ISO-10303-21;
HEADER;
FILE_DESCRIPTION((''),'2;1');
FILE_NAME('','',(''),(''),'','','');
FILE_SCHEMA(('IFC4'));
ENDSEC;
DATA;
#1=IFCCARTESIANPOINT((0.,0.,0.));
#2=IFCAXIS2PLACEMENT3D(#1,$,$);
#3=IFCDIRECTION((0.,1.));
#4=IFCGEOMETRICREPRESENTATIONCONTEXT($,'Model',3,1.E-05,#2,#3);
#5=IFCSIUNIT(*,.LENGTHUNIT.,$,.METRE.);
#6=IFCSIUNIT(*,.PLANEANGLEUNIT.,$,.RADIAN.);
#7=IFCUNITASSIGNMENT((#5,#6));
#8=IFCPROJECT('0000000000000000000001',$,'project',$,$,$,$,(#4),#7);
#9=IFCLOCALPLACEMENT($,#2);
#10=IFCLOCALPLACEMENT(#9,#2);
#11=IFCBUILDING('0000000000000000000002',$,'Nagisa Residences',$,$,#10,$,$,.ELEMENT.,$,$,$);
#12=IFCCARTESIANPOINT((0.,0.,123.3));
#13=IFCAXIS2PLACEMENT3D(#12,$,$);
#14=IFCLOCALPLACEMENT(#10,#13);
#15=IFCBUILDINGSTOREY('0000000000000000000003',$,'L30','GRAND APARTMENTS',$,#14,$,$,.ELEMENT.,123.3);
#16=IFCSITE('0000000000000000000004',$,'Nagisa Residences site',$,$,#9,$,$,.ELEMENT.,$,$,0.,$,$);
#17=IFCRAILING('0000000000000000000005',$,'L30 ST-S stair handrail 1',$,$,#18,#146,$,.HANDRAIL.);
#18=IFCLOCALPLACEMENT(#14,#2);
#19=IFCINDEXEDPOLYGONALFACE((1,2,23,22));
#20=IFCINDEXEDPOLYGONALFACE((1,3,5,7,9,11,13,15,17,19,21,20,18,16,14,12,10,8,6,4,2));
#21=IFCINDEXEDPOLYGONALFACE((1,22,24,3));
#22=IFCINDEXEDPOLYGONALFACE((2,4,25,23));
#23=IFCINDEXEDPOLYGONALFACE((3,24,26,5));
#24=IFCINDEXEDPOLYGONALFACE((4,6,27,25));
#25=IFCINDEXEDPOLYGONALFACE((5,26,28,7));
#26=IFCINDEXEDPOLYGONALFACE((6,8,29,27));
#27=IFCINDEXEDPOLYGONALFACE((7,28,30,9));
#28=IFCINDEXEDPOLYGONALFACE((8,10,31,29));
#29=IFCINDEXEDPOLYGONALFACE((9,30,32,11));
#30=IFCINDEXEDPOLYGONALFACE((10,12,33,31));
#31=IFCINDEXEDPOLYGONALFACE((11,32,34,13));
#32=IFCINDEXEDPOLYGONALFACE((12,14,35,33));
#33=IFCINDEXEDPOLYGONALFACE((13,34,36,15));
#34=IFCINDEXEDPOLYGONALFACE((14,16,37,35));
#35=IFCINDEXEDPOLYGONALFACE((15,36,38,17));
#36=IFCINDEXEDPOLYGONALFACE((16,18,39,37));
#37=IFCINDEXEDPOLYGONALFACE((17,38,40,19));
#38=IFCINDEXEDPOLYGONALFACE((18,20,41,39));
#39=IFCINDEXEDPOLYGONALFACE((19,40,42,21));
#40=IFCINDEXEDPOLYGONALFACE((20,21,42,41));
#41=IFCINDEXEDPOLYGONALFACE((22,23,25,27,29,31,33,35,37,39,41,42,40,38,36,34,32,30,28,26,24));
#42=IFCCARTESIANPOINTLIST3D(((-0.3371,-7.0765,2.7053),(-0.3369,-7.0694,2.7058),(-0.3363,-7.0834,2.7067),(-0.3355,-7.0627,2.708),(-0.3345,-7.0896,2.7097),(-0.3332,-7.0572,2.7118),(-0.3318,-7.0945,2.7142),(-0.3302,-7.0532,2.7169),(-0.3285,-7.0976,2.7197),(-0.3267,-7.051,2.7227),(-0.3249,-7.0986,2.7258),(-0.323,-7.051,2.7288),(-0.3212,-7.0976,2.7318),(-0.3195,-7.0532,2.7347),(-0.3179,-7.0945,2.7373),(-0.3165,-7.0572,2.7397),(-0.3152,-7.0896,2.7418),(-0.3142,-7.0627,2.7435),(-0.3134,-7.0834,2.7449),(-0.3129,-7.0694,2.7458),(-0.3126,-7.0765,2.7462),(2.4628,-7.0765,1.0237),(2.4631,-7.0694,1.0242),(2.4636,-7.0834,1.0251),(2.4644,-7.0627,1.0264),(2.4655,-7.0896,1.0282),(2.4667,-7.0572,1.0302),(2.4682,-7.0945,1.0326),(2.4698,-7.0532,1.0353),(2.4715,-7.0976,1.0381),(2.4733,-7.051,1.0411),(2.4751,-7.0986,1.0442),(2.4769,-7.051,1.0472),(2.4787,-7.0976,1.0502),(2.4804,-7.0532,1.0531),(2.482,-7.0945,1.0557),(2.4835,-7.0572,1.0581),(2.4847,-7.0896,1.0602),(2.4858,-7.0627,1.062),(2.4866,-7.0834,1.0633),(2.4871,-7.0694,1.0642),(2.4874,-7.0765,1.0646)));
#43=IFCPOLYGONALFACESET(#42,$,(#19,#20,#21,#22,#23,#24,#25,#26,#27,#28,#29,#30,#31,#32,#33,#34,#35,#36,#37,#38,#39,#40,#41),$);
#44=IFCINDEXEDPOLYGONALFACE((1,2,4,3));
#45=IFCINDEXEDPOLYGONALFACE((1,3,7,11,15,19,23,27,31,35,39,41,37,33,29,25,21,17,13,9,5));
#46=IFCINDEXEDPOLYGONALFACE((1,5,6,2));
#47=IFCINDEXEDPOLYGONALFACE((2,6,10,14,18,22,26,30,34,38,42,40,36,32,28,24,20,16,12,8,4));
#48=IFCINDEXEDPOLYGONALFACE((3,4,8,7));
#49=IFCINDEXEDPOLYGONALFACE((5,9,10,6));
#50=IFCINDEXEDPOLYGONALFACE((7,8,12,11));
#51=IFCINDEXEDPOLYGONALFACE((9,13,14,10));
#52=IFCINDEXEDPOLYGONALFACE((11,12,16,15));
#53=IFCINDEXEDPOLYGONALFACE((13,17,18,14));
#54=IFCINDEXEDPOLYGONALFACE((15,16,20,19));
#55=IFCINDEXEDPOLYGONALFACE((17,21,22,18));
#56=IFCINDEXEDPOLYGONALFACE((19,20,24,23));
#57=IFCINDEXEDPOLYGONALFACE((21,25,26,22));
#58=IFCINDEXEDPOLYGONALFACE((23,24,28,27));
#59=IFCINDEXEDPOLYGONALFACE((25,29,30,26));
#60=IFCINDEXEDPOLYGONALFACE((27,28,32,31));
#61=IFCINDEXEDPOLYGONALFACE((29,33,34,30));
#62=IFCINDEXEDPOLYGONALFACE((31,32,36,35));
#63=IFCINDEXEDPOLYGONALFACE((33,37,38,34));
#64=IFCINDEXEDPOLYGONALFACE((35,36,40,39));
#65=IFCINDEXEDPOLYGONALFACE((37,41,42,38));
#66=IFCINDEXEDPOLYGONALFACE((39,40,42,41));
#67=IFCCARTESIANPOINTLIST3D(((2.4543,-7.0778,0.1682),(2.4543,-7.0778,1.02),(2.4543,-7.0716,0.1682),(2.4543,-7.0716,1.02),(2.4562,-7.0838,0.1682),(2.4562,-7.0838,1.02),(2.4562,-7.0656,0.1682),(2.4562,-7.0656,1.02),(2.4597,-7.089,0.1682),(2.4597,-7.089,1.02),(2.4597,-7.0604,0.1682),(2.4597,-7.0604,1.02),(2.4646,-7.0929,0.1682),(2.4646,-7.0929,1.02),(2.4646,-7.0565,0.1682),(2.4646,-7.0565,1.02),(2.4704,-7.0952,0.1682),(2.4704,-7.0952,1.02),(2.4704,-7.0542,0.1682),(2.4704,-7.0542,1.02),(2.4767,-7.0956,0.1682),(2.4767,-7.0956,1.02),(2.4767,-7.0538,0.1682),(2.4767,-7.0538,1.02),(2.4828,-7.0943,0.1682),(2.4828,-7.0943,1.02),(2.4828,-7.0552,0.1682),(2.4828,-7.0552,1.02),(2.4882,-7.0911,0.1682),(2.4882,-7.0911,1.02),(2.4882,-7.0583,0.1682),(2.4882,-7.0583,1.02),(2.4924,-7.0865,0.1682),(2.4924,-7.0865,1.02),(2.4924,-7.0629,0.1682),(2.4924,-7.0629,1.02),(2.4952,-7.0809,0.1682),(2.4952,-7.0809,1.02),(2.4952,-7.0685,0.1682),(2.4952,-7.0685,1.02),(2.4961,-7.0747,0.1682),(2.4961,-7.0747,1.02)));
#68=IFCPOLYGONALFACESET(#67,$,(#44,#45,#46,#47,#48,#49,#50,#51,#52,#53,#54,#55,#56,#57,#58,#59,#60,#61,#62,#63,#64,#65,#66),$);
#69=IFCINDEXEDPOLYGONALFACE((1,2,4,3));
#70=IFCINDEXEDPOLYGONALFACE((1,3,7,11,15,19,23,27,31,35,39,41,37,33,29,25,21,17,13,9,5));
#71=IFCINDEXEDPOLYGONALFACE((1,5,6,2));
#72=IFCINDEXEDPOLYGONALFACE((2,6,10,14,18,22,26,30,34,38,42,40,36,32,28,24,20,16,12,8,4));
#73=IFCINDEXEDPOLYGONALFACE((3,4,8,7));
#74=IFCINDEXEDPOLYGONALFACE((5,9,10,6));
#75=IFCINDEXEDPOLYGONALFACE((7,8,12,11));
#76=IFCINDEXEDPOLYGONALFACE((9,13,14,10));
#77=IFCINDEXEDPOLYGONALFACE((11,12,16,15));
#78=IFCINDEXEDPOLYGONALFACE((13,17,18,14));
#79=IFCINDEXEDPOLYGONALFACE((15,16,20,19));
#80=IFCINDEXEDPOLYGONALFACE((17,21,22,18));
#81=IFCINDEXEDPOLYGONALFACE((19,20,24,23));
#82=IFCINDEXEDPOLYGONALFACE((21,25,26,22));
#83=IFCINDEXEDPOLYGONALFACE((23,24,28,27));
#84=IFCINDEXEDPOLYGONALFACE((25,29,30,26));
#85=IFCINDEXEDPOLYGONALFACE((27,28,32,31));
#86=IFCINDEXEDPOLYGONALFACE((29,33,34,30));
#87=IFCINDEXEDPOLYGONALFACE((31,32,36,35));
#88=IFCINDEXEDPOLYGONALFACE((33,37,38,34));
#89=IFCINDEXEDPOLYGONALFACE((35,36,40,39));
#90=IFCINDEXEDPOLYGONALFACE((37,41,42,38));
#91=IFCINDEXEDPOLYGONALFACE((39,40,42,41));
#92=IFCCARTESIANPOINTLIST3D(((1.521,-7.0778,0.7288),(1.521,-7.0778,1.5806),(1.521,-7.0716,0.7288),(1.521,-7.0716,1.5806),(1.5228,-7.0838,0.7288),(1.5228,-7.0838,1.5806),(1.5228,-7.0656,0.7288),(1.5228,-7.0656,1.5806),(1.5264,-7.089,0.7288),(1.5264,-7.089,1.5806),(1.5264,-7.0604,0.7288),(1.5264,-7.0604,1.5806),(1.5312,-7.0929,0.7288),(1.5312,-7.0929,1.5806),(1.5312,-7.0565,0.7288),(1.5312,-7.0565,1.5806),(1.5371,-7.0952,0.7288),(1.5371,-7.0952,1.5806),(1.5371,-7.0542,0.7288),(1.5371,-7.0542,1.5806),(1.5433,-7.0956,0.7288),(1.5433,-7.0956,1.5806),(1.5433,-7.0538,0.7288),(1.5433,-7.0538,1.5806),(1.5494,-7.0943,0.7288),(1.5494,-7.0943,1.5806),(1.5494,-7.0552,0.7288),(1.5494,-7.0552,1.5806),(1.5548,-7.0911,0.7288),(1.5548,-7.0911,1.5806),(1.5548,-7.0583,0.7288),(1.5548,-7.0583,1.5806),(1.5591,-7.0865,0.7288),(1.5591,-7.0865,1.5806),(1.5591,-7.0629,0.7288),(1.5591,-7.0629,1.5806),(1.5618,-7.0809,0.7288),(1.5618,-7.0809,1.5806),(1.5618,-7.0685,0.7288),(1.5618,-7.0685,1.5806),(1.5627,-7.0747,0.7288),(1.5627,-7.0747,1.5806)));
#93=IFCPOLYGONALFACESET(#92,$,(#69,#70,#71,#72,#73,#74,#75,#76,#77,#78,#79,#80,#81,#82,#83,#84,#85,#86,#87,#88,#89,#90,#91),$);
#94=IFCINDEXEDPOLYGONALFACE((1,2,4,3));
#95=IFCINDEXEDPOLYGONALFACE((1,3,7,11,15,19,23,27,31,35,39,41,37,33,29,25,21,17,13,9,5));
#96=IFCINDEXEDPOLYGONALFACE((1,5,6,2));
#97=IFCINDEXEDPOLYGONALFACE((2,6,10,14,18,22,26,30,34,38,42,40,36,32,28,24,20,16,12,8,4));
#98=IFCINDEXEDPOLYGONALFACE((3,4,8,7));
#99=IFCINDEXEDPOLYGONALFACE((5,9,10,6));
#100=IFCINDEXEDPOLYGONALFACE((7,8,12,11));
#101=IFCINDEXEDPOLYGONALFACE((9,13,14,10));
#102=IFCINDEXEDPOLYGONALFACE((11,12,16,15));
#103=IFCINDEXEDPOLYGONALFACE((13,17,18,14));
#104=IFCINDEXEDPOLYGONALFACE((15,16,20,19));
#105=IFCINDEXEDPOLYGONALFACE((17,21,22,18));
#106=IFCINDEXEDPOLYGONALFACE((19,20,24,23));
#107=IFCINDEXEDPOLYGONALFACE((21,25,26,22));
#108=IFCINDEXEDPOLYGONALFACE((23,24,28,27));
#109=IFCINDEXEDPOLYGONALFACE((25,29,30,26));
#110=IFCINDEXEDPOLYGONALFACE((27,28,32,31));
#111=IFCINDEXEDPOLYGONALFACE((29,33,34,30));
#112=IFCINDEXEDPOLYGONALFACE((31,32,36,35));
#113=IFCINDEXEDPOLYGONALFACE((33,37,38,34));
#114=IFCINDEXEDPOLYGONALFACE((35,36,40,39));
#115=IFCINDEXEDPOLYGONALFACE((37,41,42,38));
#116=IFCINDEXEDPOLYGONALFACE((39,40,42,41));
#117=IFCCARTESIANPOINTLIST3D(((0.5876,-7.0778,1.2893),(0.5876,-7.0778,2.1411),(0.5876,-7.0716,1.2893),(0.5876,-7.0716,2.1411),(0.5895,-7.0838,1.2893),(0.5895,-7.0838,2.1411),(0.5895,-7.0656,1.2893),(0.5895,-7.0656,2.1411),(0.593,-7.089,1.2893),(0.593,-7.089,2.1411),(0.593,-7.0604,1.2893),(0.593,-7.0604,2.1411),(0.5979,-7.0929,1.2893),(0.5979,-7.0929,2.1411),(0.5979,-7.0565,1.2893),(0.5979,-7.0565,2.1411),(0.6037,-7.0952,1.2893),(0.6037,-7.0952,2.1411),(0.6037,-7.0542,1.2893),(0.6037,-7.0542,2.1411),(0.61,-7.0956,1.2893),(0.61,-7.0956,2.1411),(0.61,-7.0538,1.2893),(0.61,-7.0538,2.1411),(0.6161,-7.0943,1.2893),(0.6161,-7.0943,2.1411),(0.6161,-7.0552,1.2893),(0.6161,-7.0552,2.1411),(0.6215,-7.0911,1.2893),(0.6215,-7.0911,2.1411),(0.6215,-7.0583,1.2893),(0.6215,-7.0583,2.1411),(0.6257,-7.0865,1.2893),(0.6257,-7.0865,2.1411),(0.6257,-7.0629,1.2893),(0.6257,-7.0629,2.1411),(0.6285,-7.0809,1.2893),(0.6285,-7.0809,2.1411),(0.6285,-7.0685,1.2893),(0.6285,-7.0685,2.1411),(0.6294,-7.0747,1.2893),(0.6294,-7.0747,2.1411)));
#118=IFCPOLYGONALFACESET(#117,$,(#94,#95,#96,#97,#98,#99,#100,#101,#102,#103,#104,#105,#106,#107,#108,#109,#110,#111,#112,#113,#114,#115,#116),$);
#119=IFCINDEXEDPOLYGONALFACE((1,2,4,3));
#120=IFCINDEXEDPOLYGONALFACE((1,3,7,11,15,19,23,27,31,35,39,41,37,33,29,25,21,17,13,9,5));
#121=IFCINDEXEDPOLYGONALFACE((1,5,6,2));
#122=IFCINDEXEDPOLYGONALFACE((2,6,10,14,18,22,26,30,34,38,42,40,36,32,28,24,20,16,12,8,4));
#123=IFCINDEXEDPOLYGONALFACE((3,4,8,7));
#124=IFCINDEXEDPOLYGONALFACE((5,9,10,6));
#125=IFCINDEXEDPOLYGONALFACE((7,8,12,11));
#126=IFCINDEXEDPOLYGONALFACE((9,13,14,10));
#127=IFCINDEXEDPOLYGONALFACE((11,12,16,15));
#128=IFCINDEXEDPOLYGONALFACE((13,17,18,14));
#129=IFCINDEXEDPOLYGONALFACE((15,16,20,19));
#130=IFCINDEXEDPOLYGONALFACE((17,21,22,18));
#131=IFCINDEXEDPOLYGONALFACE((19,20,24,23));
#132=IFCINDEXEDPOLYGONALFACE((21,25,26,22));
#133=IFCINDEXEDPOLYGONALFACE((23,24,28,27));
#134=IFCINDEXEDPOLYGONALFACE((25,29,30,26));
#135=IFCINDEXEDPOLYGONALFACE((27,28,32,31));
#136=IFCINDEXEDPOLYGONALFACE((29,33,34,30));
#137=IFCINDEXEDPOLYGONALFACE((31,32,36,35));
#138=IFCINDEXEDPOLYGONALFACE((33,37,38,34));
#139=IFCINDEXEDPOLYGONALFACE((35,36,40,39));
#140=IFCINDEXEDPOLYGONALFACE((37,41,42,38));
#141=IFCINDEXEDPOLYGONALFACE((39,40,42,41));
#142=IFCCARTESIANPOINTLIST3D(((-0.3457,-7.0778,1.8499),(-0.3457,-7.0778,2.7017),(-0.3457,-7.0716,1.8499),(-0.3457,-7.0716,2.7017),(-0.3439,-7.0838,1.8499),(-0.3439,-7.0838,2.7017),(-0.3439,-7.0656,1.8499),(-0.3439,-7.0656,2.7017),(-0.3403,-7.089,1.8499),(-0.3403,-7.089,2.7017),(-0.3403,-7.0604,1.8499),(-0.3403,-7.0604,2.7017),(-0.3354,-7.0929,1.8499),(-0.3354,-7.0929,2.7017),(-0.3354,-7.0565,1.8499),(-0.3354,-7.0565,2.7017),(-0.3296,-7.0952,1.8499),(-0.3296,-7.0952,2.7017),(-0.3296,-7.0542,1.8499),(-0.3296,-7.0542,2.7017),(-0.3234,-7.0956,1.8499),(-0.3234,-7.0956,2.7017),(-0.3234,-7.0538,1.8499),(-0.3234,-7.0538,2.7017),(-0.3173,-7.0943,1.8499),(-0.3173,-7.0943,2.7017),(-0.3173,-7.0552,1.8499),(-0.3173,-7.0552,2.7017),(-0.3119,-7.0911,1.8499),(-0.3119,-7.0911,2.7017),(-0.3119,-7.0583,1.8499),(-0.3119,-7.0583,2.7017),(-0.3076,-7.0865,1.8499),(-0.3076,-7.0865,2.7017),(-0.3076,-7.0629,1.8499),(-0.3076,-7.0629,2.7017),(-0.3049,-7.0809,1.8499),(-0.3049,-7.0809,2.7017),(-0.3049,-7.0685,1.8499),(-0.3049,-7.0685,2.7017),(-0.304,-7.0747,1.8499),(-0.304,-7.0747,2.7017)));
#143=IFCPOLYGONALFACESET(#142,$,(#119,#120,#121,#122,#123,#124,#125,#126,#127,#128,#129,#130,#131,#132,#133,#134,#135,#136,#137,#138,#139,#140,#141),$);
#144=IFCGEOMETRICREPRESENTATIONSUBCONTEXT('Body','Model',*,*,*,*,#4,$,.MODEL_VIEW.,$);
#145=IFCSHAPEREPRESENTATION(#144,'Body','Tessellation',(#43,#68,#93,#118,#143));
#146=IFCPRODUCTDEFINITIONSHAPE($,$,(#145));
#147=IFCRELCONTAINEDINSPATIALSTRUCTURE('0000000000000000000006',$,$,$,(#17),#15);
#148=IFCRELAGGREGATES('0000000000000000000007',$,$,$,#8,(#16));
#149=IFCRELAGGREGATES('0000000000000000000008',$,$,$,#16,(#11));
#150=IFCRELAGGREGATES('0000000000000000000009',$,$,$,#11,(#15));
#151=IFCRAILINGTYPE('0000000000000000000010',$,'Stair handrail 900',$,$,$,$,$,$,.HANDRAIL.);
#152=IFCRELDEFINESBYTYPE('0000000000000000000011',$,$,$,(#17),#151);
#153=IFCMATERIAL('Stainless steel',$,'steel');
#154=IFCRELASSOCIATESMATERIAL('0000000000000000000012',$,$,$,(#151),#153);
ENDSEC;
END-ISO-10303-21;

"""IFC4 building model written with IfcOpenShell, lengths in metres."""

from ifc_helpers import new_model, si_unit, direction, frame, origin, origin_2d, place, context, subcontext, project, spatial, circle, extrude, material, type_object, element, save


model = new_model("IFC4")

# Units and contexts
model_context = context("Model", 3, precision=1e-05, world=origin(), true_north=direction((0.0, 1.0)))
body_context = subcontext(model_context, "Body", "Model", "MODEL_VIEW")
ifc_project = project(units=[si_unit("LENGTHUNIT", "METRE"), si_unit("PLANEANGLEUNIT", "RADIAN")], contexts=[model_context])

# Site, building, storey
site_placement = place(None, origin())
site = spatial("IfcSite", under=ifc_project, at=site_placement, Name="Nagisa Residences site", CompositionType="ELEMENT", RefElevation=0.0)
building_placement = place(site_placement, origin())
building = spatial("IfcBuilding", under=site, at=building_placement, Name="Nagisa Residences", CompositionType="ELEMENT")
storey_placement = place(building_placement, frame((0.0, 0.0, 123.3)))
storey = spatial("IfcBuildingStorey", under=building, at=storey_placement, Name="L30", Description="GRAND APARTMENTS", CompositionType="ELEMENT", Elevation=123.3)

# Railing
ifc_material_1 = material(Name="Stainless steel", Category="steel")
railing_type_1 = type_object("IfcRailingType", Name="Stair handrail 900", PredefinedType="HANDRAIL", material=ifc_material_1)
railing_1_placement = place(storey_placement, frame((2.4751, -7.0747, 0.1682)))
element("IfcRailing", 1, at=railing_1_placement, inside=storey, type_object=railing_type_1, Name="L30 ST-S stair handrail 1", PredefinedType="HANDRAIL", context=body_context, shape_type="SweptSolid", body=[
    extrude(circle(Radius=0.0239, at=origin_2d()), frame((0.0, 0.0, 0.876), z_axis=(-0.857275, 0.0, 0.514858), x_axis=(0.0, -1.0, 0.0)), (0.0, 0.0, 1.0), 3.2661),
    extrude(circle(Radius=0.021, at=origin_2d()), origin(), (0.0, 0.0, 1.0), 0.8518),
    extrude(circle(Radius=0.021, at=origin_2d()), frame((-0.9333, 0.0, 0.5605)), (0.0, 0.0, 1.0), 0.8518),
    extrude(circle(Radius=0.021, at=origin_2d()), frame((-1.8667, 0.0, 1.1211)), (0.0, 0.0, 1.0), 0.8518),
    extrude(circle(Radius=0.021, at=origin_2d()), frame((-2.8, 0.0, 1.6816)), (0.0, 0.0, 1.0), 0.8518),
])

save(model, "model.ifc")
